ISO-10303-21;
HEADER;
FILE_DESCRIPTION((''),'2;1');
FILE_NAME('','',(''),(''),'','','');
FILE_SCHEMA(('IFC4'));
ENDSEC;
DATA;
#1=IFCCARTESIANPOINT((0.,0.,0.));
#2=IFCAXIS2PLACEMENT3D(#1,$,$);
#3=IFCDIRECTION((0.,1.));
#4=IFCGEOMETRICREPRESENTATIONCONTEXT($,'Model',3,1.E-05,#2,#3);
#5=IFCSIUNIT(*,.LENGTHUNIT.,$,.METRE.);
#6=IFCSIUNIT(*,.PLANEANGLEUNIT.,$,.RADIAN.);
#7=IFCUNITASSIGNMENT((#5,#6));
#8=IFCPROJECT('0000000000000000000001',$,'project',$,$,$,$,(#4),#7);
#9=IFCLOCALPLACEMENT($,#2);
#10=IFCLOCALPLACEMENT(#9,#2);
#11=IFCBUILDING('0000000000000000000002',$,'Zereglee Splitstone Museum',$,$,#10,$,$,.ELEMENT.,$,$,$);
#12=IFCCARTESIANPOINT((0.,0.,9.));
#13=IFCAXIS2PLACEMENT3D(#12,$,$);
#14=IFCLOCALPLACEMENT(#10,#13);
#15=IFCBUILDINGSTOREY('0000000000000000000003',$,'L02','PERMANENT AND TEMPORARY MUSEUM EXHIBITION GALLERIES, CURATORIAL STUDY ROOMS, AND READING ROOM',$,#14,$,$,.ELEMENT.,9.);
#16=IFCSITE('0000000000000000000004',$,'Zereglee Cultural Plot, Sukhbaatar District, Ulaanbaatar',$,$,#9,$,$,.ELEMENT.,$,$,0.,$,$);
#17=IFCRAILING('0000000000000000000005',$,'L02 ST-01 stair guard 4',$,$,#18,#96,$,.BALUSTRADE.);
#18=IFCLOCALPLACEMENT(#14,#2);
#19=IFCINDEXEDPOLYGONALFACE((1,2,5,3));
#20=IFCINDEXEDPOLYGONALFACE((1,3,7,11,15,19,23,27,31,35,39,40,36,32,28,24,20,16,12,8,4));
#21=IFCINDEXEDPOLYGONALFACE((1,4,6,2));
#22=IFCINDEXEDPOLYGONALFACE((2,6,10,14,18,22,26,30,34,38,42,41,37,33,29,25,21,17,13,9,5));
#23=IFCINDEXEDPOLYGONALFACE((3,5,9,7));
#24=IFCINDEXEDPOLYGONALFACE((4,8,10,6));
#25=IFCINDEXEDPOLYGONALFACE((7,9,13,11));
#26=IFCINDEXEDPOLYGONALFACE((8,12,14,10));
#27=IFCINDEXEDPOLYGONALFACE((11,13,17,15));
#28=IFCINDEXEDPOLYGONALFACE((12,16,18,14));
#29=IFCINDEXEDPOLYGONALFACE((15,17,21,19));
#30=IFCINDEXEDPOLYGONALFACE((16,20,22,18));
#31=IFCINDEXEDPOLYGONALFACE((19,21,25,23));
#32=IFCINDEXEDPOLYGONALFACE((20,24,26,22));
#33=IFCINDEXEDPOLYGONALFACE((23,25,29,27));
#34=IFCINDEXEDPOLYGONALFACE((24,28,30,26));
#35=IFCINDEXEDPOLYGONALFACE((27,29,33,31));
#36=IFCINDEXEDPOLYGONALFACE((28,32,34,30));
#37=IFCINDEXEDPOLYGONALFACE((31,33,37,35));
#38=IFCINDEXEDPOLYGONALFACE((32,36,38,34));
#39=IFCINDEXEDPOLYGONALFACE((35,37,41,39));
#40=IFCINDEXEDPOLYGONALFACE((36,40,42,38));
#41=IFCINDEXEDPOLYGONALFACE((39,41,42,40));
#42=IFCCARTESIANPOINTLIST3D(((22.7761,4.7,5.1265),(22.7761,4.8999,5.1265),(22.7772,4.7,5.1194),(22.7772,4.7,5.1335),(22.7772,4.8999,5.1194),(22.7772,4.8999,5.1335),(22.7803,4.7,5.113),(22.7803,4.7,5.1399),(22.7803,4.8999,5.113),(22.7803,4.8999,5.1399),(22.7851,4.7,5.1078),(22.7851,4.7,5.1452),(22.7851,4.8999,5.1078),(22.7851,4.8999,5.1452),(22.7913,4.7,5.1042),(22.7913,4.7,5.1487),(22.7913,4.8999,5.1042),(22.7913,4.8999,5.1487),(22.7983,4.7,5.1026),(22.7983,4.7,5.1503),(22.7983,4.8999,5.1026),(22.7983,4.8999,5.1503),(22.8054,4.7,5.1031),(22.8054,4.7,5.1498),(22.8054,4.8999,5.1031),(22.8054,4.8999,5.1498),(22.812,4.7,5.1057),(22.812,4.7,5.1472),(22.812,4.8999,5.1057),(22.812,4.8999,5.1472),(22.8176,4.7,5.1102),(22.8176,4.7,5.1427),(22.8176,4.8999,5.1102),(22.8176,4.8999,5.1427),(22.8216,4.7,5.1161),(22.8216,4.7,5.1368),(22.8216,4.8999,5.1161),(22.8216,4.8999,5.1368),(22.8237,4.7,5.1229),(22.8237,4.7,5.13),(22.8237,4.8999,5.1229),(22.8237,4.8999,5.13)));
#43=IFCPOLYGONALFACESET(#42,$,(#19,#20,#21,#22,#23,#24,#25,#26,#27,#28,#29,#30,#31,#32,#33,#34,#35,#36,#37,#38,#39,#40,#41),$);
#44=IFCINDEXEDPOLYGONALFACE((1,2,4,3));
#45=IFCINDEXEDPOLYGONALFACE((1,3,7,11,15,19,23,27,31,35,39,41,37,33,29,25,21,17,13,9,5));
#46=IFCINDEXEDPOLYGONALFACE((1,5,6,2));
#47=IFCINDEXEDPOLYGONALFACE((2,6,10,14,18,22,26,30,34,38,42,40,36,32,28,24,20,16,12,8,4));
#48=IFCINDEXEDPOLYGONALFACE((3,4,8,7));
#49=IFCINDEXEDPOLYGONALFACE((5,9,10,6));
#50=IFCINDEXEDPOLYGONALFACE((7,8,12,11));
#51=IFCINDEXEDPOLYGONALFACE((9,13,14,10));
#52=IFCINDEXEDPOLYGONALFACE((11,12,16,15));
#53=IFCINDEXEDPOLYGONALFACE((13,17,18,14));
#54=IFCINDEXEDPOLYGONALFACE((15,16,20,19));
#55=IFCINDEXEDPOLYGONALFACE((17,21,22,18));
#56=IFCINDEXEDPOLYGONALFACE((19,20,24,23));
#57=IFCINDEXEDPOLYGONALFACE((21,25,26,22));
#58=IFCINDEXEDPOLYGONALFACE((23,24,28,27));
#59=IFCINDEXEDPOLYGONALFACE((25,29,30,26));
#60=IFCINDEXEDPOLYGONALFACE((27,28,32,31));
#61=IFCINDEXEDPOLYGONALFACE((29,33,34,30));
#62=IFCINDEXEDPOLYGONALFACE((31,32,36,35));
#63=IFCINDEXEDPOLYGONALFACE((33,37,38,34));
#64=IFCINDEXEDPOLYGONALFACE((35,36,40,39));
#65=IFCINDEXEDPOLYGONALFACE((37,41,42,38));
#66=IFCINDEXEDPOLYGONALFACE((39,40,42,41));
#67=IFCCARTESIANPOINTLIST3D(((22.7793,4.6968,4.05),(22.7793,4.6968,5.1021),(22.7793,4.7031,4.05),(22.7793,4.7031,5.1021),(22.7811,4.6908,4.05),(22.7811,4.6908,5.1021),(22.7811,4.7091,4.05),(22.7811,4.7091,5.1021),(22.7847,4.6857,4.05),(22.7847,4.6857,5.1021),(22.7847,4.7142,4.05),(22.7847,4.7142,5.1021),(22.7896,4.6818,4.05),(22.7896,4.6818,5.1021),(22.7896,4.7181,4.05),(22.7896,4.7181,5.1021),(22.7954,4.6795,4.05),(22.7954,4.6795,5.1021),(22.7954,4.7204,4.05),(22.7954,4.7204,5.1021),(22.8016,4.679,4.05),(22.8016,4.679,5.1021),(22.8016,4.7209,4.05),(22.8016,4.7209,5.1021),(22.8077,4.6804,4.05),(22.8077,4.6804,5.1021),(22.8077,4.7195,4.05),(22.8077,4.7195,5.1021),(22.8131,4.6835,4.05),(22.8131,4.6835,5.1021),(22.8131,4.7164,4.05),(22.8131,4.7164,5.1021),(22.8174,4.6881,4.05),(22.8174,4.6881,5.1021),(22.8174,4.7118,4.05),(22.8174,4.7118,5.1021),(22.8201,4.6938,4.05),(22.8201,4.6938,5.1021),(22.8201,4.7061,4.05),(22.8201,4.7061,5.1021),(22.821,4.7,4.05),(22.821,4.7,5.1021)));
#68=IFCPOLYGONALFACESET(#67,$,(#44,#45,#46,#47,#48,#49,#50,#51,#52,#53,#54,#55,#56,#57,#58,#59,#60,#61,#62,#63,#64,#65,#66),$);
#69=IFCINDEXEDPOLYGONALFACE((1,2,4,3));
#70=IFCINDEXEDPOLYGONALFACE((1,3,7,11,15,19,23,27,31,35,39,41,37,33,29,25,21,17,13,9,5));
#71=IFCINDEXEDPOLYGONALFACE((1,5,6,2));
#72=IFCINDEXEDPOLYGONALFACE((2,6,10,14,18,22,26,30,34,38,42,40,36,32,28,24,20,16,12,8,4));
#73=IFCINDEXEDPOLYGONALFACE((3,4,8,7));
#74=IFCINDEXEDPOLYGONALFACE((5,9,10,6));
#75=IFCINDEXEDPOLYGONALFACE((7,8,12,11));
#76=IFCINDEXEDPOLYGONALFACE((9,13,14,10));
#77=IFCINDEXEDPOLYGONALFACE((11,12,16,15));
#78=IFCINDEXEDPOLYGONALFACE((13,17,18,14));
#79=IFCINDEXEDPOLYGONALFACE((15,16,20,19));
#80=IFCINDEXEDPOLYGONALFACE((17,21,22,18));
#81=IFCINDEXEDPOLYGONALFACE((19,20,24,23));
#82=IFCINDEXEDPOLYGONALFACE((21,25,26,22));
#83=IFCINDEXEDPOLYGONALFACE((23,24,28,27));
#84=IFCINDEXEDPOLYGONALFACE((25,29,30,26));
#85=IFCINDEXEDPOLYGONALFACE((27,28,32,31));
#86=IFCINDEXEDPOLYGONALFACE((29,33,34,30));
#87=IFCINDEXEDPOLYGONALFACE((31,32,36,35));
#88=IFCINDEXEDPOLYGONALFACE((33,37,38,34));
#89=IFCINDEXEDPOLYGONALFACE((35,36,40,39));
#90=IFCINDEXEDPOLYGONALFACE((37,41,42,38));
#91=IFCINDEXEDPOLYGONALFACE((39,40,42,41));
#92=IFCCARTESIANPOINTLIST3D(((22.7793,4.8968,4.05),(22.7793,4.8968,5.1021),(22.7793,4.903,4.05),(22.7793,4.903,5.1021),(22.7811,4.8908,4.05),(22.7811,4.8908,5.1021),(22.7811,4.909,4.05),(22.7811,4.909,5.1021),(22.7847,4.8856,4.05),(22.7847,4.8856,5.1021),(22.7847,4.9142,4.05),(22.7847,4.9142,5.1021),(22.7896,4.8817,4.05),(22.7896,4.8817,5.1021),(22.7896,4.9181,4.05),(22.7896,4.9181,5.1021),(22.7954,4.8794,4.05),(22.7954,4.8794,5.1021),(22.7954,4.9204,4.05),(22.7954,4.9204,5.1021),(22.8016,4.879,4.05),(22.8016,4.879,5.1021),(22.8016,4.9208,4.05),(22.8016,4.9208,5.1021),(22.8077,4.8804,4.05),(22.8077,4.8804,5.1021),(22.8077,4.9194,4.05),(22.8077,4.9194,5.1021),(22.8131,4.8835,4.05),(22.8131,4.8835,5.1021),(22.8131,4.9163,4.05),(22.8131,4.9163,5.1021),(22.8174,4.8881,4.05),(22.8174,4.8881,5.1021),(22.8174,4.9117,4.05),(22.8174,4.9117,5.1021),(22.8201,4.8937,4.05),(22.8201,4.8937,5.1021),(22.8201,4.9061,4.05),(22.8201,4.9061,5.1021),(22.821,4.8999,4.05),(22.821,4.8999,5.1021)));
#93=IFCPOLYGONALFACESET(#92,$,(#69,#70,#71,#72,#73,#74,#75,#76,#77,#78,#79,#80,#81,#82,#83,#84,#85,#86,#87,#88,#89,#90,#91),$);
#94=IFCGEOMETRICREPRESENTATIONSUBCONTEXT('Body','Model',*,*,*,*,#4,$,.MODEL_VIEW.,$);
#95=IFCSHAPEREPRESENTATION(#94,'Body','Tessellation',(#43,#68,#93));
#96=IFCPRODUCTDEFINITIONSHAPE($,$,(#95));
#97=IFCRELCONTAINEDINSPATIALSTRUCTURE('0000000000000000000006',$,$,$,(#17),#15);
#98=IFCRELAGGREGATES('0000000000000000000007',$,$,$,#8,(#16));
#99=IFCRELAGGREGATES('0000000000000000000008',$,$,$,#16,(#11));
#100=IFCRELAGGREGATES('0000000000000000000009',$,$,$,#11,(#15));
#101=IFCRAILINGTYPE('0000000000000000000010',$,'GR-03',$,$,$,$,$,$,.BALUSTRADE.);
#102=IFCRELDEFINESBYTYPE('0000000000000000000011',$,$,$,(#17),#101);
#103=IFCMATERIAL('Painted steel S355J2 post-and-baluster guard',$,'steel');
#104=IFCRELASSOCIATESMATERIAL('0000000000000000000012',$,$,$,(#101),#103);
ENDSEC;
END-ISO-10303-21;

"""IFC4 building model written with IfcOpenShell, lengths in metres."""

from ifc_helpers import new_model, si_unit, direction, frame, origin, origin_2d, place, context, subcontext, project, spatial, circle, extrude, material, type_object, element, save


model = new_model("IFC4")

# Units and contexts
model_context = context("Model", 3, precision=1e-05, world=origin(), true_north=direction((0.0, 1.0)))
body_context = subcontext(model_context, "Body", "Model", "MODEL_VIEW")
ifc_project = project(units=[si_unit("LENGTHUNIT", "METRE"), si_unit("PLANEANGLEUNIT", "RADIAN")], contexts=[model_context])

# Site, building, storey
site_placement = place(None, origin())
site = spatial("IfcSite", under=ifc_project, at=site_placement, Name="Zereglee Cultural Plot, Sukhbaatar District, Ulaanbaatar", CompositionType="ELEMENT", RefElevation=0.0)
building_placement = place(site_placement, origin())
building = spatial("IfcBuilding", under=site, at=building_placement, Name="Zereglee Splitstone Museum", CompositionType="ELEMENT")
storey_placement = place(building_placement, frame((0.0, 0.0, 9.0)))
storey = spatial("IfcBuildingStorey", under=building, at=storey_placement, Name="L02", Description="PERMANENT AND TEMPORARY MUSEUM EXHIBITION GALLERIES, CURATORIAL STUDY ROOMS, AND READING ROOM", CompositionType="ELEMENT", Elevation=9.0)

# Railing
ifc_material_1 = material(Name="Painted steel S355J2 post-and-baluster guard", Category="steel")
railing_type_1 = type_object("IfcRailingType", Name="GR-03", PredefinedType="BALUSTRADE", material=ifc_material_1)
railing_1_placement = place(storey_placement, frame((22.8, 4.7, 4.05)))
element("IfcRailing", 1, at=railing_1_placement, inside=storey, type_object=railing_type_1, Name="L02 ST-01 stair guard 4", PredefinedType="BALUSTRADE", context=body_context, shape_type="SweptSolid", body=[
    extrude(circle(Radius=0.0239, at=origin_2d()), frame((0.0, 0.0, 1.0764), z_axis=(0.0, 1.0, 0.0), x_axis=(-1.0, 0.0, 0.0)), (0.0, 0.0, 1.0), 0.2),
    extrude(circle(Radius=0.021, at=origin_2d()), origin(), (0.0, 0.0, 1.0), 1.052),
    extrude(circle(Radius=0.021, at=origin_2d()), frame((0.0, 0.2, 0.0)), (0.0, 0.0, 1.0), 1.052),
])

save(model, "model.ifc")
